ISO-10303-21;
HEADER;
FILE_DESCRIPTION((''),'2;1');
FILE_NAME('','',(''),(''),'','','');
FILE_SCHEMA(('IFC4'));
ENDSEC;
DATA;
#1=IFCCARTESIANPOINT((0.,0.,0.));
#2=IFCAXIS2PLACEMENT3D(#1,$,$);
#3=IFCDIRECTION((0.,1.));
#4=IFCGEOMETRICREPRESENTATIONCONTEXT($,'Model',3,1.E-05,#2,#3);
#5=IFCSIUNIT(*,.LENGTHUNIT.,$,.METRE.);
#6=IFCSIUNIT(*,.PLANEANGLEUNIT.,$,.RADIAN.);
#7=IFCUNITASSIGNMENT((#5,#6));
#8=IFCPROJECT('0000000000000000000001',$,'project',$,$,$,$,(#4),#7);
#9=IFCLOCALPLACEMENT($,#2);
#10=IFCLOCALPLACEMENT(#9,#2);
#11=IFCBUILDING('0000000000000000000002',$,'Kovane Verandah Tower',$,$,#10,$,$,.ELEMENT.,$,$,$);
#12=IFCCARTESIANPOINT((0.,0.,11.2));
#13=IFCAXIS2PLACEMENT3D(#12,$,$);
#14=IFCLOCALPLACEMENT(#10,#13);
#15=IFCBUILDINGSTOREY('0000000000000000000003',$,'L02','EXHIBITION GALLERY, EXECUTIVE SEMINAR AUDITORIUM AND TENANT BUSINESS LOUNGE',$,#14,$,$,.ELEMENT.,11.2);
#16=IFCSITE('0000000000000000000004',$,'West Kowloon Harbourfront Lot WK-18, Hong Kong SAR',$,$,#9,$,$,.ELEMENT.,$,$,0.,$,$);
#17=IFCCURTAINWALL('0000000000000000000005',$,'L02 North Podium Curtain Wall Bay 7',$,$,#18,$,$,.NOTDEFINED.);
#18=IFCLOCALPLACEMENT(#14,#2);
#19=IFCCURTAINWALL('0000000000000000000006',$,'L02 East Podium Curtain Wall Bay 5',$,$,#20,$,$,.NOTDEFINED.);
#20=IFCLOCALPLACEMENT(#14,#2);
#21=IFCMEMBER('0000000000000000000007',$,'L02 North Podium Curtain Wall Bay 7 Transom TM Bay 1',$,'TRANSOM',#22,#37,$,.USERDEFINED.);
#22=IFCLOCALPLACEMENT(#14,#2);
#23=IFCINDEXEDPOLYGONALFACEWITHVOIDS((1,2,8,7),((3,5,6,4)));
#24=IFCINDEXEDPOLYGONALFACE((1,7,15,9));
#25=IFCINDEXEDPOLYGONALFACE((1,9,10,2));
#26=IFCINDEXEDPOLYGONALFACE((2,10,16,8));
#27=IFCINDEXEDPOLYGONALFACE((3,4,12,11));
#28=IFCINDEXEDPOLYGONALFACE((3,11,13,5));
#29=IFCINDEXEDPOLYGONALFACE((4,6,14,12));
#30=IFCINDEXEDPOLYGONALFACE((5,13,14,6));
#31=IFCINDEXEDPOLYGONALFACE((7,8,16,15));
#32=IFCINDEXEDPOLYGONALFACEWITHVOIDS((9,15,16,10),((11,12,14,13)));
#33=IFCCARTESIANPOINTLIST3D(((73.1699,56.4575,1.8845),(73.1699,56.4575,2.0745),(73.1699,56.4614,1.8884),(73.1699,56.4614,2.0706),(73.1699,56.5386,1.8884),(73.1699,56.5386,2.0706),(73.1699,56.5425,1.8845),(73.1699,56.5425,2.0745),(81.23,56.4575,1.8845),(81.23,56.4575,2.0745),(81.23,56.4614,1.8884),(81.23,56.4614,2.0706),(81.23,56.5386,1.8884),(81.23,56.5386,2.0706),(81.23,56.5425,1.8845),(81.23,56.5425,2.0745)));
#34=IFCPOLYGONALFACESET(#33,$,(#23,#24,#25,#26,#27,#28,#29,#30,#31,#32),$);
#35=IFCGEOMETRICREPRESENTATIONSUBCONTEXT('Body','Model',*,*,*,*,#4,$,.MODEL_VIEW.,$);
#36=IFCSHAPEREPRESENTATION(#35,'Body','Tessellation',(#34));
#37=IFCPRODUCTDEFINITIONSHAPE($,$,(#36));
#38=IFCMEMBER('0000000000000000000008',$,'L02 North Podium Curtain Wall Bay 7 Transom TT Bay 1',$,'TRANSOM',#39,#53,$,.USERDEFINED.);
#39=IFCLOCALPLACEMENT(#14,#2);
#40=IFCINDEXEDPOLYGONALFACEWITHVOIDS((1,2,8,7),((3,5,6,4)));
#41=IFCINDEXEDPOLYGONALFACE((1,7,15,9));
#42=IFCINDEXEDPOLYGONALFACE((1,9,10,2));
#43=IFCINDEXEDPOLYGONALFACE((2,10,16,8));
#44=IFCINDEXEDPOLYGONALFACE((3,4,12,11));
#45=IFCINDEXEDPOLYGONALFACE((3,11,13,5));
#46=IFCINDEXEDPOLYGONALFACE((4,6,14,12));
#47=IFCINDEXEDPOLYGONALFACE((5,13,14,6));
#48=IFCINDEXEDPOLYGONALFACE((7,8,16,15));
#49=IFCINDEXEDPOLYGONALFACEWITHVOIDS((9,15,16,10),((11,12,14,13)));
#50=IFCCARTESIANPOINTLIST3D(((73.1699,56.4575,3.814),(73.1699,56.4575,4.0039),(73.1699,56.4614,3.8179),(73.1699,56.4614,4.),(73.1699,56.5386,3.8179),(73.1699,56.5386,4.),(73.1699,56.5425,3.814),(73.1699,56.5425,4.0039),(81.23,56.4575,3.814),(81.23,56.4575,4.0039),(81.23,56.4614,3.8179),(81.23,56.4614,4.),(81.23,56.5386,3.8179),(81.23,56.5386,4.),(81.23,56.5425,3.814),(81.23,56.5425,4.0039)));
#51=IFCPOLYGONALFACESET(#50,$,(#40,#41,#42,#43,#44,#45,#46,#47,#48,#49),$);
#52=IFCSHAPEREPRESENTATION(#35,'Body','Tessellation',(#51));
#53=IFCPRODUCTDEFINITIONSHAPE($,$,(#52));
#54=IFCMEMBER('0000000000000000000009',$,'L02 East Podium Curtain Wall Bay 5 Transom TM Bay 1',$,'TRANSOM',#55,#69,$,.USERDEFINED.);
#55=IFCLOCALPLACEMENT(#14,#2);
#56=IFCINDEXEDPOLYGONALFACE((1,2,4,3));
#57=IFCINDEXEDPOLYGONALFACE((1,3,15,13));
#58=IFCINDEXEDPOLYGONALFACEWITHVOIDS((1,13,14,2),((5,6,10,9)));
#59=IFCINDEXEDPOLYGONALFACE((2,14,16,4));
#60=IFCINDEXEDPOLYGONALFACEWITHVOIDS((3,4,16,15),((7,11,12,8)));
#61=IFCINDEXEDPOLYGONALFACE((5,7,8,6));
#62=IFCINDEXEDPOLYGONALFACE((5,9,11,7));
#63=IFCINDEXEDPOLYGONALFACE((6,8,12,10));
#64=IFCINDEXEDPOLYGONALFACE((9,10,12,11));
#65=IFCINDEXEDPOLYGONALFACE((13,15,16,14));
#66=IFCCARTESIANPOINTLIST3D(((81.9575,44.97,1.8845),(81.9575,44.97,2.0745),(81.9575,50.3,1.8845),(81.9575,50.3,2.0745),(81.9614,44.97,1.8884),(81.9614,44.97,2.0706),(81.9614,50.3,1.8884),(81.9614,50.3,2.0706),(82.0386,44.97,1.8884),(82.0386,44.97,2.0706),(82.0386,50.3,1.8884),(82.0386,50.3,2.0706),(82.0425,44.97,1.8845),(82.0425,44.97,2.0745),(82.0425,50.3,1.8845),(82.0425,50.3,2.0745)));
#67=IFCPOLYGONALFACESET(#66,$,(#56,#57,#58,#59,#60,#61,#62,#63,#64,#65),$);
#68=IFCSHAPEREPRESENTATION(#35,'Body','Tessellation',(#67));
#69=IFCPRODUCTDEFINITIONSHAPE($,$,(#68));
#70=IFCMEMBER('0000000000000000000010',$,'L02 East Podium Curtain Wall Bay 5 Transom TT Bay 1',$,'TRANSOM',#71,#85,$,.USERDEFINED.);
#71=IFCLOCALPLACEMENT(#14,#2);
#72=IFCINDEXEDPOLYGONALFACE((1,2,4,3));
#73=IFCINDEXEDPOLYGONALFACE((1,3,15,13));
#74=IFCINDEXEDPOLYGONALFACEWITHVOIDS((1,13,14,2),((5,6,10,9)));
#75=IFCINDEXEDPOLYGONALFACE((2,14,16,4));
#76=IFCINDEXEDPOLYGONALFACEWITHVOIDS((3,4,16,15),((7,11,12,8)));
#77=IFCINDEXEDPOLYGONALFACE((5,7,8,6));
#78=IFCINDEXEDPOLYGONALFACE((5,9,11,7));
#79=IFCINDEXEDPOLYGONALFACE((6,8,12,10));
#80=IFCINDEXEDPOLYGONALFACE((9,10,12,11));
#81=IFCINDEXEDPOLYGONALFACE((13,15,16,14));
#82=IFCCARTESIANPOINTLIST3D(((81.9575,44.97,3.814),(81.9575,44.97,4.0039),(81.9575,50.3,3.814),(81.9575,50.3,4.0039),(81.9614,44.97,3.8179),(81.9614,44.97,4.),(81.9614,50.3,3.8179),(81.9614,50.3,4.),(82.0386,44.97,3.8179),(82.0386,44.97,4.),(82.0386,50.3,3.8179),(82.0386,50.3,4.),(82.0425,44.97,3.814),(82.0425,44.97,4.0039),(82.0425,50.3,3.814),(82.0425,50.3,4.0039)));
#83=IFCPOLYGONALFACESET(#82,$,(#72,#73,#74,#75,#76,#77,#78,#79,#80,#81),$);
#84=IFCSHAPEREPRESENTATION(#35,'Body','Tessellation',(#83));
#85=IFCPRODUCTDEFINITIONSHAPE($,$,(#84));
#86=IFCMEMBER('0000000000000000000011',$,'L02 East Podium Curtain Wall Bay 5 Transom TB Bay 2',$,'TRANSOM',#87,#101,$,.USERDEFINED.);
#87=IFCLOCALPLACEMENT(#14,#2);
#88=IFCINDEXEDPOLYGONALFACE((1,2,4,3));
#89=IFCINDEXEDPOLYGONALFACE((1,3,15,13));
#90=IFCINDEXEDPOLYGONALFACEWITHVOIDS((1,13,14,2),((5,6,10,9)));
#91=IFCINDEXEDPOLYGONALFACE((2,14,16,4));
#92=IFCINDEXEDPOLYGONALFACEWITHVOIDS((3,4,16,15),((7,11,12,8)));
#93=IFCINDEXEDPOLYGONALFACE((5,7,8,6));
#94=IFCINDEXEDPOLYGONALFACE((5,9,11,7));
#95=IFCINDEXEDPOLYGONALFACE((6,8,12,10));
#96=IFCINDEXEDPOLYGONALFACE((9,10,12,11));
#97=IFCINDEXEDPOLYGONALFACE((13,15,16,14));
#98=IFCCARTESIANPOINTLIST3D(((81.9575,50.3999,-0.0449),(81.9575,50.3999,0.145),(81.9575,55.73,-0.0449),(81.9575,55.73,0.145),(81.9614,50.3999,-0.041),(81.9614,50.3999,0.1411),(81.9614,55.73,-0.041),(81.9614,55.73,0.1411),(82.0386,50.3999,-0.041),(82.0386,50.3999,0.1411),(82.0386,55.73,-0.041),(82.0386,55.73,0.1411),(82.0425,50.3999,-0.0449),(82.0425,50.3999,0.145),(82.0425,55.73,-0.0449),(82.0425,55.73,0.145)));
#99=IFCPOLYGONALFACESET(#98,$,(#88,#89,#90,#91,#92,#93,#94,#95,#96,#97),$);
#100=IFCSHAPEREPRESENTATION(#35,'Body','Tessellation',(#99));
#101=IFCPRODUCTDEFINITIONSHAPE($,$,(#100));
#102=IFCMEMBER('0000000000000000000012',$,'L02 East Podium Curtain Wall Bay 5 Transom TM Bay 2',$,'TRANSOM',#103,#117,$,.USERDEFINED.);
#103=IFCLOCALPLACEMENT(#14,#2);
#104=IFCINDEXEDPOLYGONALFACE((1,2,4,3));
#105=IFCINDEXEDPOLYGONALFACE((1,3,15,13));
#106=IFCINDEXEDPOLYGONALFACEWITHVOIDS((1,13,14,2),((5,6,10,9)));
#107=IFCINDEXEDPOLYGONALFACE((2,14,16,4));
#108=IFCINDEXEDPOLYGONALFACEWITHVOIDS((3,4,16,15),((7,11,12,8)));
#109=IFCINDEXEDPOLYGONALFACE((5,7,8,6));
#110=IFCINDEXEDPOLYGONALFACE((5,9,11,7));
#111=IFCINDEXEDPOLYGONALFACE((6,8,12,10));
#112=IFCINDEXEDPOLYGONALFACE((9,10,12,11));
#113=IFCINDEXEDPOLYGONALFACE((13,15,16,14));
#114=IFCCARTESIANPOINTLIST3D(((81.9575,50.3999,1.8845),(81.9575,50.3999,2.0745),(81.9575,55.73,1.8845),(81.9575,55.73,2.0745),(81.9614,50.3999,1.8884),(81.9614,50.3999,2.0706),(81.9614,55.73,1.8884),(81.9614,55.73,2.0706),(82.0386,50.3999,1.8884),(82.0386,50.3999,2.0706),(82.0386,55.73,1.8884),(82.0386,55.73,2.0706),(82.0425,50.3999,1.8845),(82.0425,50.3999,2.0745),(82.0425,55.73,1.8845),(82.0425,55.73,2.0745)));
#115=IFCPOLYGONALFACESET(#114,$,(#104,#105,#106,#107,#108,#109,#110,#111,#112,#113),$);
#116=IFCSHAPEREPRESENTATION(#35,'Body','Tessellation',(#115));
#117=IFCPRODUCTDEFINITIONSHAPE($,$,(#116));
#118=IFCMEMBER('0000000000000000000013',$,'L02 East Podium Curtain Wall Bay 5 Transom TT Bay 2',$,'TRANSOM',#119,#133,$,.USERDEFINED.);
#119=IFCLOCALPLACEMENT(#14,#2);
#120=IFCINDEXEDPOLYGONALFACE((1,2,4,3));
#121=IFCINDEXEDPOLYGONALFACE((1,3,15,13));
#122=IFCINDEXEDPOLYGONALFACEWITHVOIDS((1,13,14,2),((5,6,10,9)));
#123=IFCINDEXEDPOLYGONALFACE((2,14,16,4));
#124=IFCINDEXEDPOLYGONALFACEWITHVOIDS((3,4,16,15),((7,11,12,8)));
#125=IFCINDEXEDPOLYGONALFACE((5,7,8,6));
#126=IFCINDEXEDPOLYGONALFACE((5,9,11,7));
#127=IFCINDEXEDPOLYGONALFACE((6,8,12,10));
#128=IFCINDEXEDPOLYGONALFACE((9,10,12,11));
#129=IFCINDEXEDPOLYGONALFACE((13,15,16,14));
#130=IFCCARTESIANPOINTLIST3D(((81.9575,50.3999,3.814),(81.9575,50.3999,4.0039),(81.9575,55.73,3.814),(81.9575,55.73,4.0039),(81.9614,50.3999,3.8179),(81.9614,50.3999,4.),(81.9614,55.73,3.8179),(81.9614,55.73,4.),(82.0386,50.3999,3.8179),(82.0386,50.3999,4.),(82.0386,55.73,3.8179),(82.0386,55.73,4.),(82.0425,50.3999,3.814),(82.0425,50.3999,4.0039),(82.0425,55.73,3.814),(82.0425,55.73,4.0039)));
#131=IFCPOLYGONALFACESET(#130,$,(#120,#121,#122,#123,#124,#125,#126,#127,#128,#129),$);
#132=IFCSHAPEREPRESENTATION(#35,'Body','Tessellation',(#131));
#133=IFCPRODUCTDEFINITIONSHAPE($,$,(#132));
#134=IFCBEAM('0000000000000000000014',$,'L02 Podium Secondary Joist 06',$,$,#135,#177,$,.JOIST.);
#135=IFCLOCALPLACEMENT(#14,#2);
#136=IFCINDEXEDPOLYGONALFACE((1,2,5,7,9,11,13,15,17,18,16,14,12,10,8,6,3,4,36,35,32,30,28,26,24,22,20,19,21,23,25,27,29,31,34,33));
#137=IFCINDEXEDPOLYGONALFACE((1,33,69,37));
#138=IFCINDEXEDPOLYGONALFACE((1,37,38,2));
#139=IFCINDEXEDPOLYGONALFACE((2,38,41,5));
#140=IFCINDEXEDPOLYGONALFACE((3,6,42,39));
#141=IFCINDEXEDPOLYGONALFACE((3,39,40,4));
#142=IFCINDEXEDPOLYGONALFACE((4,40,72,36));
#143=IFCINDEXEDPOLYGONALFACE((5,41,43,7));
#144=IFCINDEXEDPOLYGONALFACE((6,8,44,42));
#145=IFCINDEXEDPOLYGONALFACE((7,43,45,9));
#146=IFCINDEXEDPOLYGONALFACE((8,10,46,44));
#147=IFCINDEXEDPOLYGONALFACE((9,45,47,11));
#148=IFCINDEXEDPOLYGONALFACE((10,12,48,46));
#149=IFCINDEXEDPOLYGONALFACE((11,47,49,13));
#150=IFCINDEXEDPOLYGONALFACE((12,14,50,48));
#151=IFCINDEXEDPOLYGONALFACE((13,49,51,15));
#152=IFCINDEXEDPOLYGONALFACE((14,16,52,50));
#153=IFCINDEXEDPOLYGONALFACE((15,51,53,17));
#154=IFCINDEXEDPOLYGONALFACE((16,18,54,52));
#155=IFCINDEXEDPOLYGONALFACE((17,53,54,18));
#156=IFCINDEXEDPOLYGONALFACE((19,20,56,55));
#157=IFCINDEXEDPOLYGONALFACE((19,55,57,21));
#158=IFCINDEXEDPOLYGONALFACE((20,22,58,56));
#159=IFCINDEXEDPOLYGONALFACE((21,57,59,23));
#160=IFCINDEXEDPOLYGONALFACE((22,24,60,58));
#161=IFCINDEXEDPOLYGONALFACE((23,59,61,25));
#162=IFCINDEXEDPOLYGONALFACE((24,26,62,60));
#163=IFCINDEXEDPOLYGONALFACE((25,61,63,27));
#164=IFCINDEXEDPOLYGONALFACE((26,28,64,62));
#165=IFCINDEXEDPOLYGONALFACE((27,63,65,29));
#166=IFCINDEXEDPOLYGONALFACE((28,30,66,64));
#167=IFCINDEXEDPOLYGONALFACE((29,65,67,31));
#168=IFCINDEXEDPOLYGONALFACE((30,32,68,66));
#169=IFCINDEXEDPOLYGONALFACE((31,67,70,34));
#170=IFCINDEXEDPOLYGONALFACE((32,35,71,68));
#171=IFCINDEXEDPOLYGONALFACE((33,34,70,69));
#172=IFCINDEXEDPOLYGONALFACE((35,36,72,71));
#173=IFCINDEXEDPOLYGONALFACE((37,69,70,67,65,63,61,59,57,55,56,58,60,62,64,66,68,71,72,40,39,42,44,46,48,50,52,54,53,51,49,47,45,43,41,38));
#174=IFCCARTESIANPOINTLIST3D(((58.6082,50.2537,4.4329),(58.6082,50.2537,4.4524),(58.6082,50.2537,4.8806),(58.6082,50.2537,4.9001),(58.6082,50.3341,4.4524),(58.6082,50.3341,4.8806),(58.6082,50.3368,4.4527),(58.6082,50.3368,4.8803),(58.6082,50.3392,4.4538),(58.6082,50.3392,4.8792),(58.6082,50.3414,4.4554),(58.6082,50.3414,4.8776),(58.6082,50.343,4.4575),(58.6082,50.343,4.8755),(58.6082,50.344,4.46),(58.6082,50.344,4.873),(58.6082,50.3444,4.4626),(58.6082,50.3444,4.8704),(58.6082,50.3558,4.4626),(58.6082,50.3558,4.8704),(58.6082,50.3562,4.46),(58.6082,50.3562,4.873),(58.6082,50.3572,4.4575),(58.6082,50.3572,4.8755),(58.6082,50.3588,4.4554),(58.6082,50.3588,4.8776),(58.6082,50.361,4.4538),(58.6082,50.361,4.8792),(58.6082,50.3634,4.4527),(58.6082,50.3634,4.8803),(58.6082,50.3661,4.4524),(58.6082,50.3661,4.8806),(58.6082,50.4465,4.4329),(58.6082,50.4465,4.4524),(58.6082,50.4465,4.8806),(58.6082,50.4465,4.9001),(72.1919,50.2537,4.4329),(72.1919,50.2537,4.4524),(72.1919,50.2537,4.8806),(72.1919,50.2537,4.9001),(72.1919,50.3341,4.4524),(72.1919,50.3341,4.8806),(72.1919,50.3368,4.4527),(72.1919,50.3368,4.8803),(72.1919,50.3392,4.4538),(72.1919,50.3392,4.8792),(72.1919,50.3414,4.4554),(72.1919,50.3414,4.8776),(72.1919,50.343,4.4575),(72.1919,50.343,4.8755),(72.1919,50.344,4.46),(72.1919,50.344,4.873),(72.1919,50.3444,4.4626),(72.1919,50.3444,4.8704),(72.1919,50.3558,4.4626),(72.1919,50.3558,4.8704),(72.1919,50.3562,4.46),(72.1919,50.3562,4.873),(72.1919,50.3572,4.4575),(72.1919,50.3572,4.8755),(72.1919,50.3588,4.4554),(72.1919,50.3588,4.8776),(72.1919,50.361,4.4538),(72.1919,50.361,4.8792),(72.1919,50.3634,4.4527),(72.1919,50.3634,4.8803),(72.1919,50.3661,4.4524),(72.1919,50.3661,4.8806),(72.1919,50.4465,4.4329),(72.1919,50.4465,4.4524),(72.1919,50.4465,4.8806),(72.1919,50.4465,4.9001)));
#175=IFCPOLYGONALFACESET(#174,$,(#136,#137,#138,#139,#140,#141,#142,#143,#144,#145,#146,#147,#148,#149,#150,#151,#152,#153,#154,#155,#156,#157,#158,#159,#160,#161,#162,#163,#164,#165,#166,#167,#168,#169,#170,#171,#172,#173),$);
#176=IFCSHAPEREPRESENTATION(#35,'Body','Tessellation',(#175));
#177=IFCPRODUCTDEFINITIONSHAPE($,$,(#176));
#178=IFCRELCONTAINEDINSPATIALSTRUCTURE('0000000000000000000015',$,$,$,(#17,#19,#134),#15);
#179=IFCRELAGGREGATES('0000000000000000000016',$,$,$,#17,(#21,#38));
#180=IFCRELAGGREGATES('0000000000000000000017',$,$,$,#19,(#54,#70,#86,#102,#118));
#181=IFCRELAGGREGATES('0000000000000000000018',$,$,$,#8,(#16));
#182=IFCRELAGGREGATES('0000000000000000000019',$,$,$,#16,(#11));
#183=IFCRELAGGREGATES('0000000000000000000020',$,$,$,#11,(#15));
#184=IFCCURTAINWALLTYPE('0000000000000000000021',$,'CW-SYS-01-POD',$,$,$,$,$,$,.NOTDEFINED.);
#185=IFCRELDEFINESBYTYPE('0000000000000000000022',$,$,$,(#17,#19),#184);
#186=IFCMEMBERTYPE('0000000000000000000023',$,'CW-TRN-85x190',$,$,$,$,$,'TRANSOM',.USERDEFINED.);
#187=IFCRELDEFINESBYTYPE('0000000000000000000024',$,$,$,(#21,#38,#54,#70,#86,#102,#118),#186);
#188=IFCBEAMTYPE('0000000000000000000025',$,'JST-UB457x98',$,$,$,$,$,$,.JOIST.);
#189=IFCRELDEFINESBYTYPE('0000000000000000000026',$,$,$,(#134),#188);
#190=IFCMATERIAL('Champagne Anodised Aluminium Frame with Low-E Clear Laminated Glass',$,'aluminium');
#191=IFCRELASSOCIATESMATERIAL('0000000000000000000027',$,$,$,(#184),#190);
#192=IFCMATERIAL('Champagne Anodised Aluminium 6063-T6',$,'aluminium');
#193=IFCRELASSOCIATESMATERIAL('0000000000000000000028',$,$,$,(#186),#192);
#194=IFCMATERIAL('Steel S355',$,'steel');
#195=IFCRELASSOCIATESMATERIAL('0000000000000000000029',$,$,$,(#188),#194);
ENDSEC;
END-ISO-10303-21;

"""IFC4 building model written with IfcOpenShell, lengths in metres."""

from ifc_helpers import new_model, si_unit, direction, frame, origin, origin_2d, place, context, subcontext, project, spatial, hollow_rectangle, i_section, extrude, material, material_profile, profile_set, type_object, element, aggregate, save


model = new_model("IFC4")

# Units and contexts
model_context = context("Model", 3, precision=1e-05, world=origin(), true_north=direction((0.0, 1.0)))
body_context = subcontext(model_context, "Body", "Model", "MODEL_VIEW")
ifc_project = project(units=[si_unit("LENGTHUNIT", "METRE"), si_unit("PLANEANGLEUNIT", "RADIAN")], contexts=[model_context])

# Site, building, storey
site_placement = place(None, origin())
site = spatial("IfcSite", under=ifc_project, at=site_placement, Name="West Kowloon Harbourfront Lot WK-18, Hong Kong SAR", CompositionType="ELEMENT", RefElevation=0.0)
building_placement = place(site_placement, origin())
building = spatial("IfcBuilding", under=site, at=building_placement, Name="Kovane Verandah Tower", CompositionType="ELEMENT")
storey_placement = place(building_placement, frame((0.0, 0.0, 11.2)))
storey = spatial("IfcBuildingStorey", under=building, at=storey_placement, Name="L02", Description="EXHIBITION GALLERY, EXECUTIVE SEMINAR AUDITORIUM AND TENANT BUSINESS LOUNGE", CompositionType="ELEMENT", Elevation=11.2)

# Curtain walls
ifc_material_1 = material(Name="Champagne Anodised Aluminium Frame with Low-E Clear Laminated Glass", Category="aluminium")
curtain_wall_type = type_object("IfcCurtainWallType", Name="CW-SYS-01-POD", PredefinedType="NOTDEFINED", material=ifc_material_1)
ifc_material_2 = material(Name="Champagne Anodised Aluminium 6063-T6", Category="aluminium")
curtain_wall_1_placement = place(storey_placement, origin())
curtain_wall_1 = element("IfcCurtainWall", 1, at=curtain_wall_1_placement, inside=storey, type_object=curtain_wall_type, Name="L02 North Podium Curtain Wall Bay 7", PredefinedType="NOTDEFINED")
curtain_wall_2_placement = place(storey_placement, origin())
curtain_wall_2 = element("IfcCurtainWall", 2, at=curtain_wall_2_placement, inside=storey, type_object=curtain_wall_type, Name="L02 East Podium Curtain Wall Bay 5", PredefinedType="NOTDEFINED")

# Members
ifc_material_profile_1 = material_profile(ifc_material_2, hollow_rectangle(XDim=0.085, YDim=0.1899, WallThickness=0.0039, at=origin_2d()), Name="AL85x190x4")
ifc_profile_set_1 = profile_set([ifc_material_profile_1], Name="Champagne Anodised Aluminium 6063-T6")
member_type_1 = type_object("IfcMemberType", Name="CW-TRN-85x190", ElementType="TRANSOM", PredefinedType="USERDEFINED", material=ifc_profile_set_1)
member_1_placement = place(storey_placement, frame((81.23, 56.5, 1.9795), z_axis=(-1.0, 0.0, 0.0), x_axis=(0.0, -1.0, 0.0)))
member_1 = element("IfcMember", 3, at=member_1_placement, type_object=member_type_1, Name="L02 North Podium Curtain Wall Bay 7 Transom TM Bay 1", ObjectType="TRANSOM", PredefinedType="USERDEFINED", context=body_context, shape_type="SweptSolid", body=[
    extrude(hollow_rectangle(XDim=0.085, YDim=0.1899, WallThickness=0.0039, at=origin_2d()), origin(), (0.0, 0.0, 1.0), 8.0601),
])
member_2_placement = place(storey_placement, frame((81.23, 56.5, 3.9089), z_axis=(-1.0, 0.0, 0.0), x_axis=(0.0, -1.0, 0.0)))
member_2 = element("IfcMember", 4, at=member_2_placement, type_object=member_type_1, Name="L02 North Podium Curtain Wall Bay 7 Transom TT Bay 1", ObjectType="TRANSOM", PredefinedType="USERDEFINED", context=body_context, shape_type="SweptSolid", body=[
    extrude(hollow_rectangle(XDim=0.085, YDim=0.1899, WallThickness=0.0039, at=origin_2d()), origin(), (0.0, 0.0, 1.0), 8.0601),
])
member_3_placement = place(storey_placement, frame((82.0, 44.97, 1.9795), z_axis=(0.0, 1.0, 0.0), x_axis=(-1.0, 0.0, 0.0)))
member_3 = element("IfcMember", 5, at=member_3_placement, type_object=member_type_1, Name="L02 East Podium Curtain Wall Bay 5 Transom TM Bay 1", ObjectType="TRANSOM", PredefinedType="USERDEFINED", context=body_context, shape_type="SweptSolid", body=[
    extrude(hollow_rectangle(XDim=0.085, YDim=0.1899, WallThickness=0.0039, at=origin_2d()), origin(), (0.0, 0.0, 1.0), 5.3301),
])
member_4_placement = place(storey_placement, frame((82.0, 44.97, 3.9089), z_axis=(0.0, 1.0, 0.0), x_axis=(-1.0, 0.0, 0.0)))
member_4 = element("IfcMember", 6, at=member_4_placement, type_object=member_type_1, Name="L02 East Podium Curtain Wall Bay 5 Transom TT Bay 1", ObjectType="TRANSOM", PredefinedType="USERDEFINED", context=body_context, shape_type="SweptSolid", body=[
    extrude(hollow_rectangle(XDim=0.085, YDim=0.1899, WallThickness=0.0039, at=origin_2d()), origin(), (0.0, 0.0, 1.0), 5.3301),
])
member_5_placement = place(storey_placement, frame((82.0, 50.3999, 0.05), z_axis=(0.0, 1.0, 0.0), x_axis=(-1.0, 0.0, 0.0)))
member_5 = element("IfcMember", 7, at=member_5_placement, type_object=member_type_1, Name="L02 East Podium Curtain Wall Bay 5 Transom TB Bay 2", ObjectType="TRANSOM", PredefinedType="USERDEFINED", context=body_context, shape_type="SweptSolid", body=[
    extrude(hollow_rectangle(XDim=0.085, YDim=0.1899, WallThickness=0.0039, at=origin_2d()), origin(), (0.0, 0.0, 1.0), 5.3301),
])
member_6_placement = place(storey_placement, frame((82.0, 50.3999, 1.9795), z_axis=(0.0, 1.0, 0.0), x_axis=(-1.0, 0.0, 0.0)))
member_6 = element("IfcMember", 8, at=member_6_placement, type_object=member_type_1, Name="L02 East Podium Curtain Wall Bay 5 Transom TM Bay 2", ObjectType="TRANSOM", PredefinedType="USERDEFINED", context=body_context, shape_type="SweptSolid", body=[
    extrude(hollow_rectangle(XDim=0.085, YDim=0.1899, WallThickness=0.0039, at=origin_2d()), origin(), (0.0, 0.0, 1.0), 5.3301),
])
member_7_placement = place(storey_placement, frame((82.0, 50.3999, 3.9089), z_axis=(0.0, 1.0, 0.0), x_axis=(-1.0, 0.0, 0.0)))
member_7 = element("IfcMember", 9, at=member_7_placement, type_object=member_type_1, Name="L02 East Podium Curtain Wall Bay 5 Transom TT Bay 2", ObjectType="TRANSOM", PredefinedType="USERDEFINED", context=body_context, shape_type="SweptSolid", body=[
    extrude(hollow_rectangle(XDim=0.085, YDim=0.1899, WallThickness=0.0039, at=origin_2d()), origin(), (0.0, 0.0, 1.0), 5.3301),
])

# Beam
ifc_material_3 = material(Name="Steel S355", Category="steel")
ifc_material_profile_2 = material_profile(ifc_material_3, i_section(OverallWidth=0.1929, OverallDepth=0.4673, WebThickness=0.0115, FlangeThickness=0.0195, FilletRadius=0.0103, at=origin_2d()), Name="UB457x191x98")
ifc_profile_set_2 = profile_set([ifc_material_profile_2], Name="Steel S355")
beam_type_1 = type_object("IfcBeamType", Name="JST-UB457x98", PredefinedType="JOIST", material=ifc_profile_set_2)
beam_1_placement = place(storey_placement, frame((58.6082, 50.3501, 4.6665), z_axis=(1.0, 0.0, 0.0), x_axis=(0.0, 1.0, 0.0)))
element("IfcBeam", 10, at=beam_1_placement, inside=storey, type_object=beam_type_1, Name="L02 Podium Secondary Joist 06", PredefinedType="JOIST", context=body_context, shape_type="SweptSolid", body=[
    extrude(i_section(OverallWidth=0.1929, OverallDepth=0.4673, WebThickness=0.0115, FlangeThickness=0.0195, FilletRadius=0.0103, at=origin_2d()), origin(), (0.0, 0.0, 1.0), 13.5837),
])

aggregate(curtain_wall_1, [member_1, member_2])
aggregate(curtain_wall_2, [member_3, member_4, member_5, member_6, member_7])

save(model, "model.ifc")
